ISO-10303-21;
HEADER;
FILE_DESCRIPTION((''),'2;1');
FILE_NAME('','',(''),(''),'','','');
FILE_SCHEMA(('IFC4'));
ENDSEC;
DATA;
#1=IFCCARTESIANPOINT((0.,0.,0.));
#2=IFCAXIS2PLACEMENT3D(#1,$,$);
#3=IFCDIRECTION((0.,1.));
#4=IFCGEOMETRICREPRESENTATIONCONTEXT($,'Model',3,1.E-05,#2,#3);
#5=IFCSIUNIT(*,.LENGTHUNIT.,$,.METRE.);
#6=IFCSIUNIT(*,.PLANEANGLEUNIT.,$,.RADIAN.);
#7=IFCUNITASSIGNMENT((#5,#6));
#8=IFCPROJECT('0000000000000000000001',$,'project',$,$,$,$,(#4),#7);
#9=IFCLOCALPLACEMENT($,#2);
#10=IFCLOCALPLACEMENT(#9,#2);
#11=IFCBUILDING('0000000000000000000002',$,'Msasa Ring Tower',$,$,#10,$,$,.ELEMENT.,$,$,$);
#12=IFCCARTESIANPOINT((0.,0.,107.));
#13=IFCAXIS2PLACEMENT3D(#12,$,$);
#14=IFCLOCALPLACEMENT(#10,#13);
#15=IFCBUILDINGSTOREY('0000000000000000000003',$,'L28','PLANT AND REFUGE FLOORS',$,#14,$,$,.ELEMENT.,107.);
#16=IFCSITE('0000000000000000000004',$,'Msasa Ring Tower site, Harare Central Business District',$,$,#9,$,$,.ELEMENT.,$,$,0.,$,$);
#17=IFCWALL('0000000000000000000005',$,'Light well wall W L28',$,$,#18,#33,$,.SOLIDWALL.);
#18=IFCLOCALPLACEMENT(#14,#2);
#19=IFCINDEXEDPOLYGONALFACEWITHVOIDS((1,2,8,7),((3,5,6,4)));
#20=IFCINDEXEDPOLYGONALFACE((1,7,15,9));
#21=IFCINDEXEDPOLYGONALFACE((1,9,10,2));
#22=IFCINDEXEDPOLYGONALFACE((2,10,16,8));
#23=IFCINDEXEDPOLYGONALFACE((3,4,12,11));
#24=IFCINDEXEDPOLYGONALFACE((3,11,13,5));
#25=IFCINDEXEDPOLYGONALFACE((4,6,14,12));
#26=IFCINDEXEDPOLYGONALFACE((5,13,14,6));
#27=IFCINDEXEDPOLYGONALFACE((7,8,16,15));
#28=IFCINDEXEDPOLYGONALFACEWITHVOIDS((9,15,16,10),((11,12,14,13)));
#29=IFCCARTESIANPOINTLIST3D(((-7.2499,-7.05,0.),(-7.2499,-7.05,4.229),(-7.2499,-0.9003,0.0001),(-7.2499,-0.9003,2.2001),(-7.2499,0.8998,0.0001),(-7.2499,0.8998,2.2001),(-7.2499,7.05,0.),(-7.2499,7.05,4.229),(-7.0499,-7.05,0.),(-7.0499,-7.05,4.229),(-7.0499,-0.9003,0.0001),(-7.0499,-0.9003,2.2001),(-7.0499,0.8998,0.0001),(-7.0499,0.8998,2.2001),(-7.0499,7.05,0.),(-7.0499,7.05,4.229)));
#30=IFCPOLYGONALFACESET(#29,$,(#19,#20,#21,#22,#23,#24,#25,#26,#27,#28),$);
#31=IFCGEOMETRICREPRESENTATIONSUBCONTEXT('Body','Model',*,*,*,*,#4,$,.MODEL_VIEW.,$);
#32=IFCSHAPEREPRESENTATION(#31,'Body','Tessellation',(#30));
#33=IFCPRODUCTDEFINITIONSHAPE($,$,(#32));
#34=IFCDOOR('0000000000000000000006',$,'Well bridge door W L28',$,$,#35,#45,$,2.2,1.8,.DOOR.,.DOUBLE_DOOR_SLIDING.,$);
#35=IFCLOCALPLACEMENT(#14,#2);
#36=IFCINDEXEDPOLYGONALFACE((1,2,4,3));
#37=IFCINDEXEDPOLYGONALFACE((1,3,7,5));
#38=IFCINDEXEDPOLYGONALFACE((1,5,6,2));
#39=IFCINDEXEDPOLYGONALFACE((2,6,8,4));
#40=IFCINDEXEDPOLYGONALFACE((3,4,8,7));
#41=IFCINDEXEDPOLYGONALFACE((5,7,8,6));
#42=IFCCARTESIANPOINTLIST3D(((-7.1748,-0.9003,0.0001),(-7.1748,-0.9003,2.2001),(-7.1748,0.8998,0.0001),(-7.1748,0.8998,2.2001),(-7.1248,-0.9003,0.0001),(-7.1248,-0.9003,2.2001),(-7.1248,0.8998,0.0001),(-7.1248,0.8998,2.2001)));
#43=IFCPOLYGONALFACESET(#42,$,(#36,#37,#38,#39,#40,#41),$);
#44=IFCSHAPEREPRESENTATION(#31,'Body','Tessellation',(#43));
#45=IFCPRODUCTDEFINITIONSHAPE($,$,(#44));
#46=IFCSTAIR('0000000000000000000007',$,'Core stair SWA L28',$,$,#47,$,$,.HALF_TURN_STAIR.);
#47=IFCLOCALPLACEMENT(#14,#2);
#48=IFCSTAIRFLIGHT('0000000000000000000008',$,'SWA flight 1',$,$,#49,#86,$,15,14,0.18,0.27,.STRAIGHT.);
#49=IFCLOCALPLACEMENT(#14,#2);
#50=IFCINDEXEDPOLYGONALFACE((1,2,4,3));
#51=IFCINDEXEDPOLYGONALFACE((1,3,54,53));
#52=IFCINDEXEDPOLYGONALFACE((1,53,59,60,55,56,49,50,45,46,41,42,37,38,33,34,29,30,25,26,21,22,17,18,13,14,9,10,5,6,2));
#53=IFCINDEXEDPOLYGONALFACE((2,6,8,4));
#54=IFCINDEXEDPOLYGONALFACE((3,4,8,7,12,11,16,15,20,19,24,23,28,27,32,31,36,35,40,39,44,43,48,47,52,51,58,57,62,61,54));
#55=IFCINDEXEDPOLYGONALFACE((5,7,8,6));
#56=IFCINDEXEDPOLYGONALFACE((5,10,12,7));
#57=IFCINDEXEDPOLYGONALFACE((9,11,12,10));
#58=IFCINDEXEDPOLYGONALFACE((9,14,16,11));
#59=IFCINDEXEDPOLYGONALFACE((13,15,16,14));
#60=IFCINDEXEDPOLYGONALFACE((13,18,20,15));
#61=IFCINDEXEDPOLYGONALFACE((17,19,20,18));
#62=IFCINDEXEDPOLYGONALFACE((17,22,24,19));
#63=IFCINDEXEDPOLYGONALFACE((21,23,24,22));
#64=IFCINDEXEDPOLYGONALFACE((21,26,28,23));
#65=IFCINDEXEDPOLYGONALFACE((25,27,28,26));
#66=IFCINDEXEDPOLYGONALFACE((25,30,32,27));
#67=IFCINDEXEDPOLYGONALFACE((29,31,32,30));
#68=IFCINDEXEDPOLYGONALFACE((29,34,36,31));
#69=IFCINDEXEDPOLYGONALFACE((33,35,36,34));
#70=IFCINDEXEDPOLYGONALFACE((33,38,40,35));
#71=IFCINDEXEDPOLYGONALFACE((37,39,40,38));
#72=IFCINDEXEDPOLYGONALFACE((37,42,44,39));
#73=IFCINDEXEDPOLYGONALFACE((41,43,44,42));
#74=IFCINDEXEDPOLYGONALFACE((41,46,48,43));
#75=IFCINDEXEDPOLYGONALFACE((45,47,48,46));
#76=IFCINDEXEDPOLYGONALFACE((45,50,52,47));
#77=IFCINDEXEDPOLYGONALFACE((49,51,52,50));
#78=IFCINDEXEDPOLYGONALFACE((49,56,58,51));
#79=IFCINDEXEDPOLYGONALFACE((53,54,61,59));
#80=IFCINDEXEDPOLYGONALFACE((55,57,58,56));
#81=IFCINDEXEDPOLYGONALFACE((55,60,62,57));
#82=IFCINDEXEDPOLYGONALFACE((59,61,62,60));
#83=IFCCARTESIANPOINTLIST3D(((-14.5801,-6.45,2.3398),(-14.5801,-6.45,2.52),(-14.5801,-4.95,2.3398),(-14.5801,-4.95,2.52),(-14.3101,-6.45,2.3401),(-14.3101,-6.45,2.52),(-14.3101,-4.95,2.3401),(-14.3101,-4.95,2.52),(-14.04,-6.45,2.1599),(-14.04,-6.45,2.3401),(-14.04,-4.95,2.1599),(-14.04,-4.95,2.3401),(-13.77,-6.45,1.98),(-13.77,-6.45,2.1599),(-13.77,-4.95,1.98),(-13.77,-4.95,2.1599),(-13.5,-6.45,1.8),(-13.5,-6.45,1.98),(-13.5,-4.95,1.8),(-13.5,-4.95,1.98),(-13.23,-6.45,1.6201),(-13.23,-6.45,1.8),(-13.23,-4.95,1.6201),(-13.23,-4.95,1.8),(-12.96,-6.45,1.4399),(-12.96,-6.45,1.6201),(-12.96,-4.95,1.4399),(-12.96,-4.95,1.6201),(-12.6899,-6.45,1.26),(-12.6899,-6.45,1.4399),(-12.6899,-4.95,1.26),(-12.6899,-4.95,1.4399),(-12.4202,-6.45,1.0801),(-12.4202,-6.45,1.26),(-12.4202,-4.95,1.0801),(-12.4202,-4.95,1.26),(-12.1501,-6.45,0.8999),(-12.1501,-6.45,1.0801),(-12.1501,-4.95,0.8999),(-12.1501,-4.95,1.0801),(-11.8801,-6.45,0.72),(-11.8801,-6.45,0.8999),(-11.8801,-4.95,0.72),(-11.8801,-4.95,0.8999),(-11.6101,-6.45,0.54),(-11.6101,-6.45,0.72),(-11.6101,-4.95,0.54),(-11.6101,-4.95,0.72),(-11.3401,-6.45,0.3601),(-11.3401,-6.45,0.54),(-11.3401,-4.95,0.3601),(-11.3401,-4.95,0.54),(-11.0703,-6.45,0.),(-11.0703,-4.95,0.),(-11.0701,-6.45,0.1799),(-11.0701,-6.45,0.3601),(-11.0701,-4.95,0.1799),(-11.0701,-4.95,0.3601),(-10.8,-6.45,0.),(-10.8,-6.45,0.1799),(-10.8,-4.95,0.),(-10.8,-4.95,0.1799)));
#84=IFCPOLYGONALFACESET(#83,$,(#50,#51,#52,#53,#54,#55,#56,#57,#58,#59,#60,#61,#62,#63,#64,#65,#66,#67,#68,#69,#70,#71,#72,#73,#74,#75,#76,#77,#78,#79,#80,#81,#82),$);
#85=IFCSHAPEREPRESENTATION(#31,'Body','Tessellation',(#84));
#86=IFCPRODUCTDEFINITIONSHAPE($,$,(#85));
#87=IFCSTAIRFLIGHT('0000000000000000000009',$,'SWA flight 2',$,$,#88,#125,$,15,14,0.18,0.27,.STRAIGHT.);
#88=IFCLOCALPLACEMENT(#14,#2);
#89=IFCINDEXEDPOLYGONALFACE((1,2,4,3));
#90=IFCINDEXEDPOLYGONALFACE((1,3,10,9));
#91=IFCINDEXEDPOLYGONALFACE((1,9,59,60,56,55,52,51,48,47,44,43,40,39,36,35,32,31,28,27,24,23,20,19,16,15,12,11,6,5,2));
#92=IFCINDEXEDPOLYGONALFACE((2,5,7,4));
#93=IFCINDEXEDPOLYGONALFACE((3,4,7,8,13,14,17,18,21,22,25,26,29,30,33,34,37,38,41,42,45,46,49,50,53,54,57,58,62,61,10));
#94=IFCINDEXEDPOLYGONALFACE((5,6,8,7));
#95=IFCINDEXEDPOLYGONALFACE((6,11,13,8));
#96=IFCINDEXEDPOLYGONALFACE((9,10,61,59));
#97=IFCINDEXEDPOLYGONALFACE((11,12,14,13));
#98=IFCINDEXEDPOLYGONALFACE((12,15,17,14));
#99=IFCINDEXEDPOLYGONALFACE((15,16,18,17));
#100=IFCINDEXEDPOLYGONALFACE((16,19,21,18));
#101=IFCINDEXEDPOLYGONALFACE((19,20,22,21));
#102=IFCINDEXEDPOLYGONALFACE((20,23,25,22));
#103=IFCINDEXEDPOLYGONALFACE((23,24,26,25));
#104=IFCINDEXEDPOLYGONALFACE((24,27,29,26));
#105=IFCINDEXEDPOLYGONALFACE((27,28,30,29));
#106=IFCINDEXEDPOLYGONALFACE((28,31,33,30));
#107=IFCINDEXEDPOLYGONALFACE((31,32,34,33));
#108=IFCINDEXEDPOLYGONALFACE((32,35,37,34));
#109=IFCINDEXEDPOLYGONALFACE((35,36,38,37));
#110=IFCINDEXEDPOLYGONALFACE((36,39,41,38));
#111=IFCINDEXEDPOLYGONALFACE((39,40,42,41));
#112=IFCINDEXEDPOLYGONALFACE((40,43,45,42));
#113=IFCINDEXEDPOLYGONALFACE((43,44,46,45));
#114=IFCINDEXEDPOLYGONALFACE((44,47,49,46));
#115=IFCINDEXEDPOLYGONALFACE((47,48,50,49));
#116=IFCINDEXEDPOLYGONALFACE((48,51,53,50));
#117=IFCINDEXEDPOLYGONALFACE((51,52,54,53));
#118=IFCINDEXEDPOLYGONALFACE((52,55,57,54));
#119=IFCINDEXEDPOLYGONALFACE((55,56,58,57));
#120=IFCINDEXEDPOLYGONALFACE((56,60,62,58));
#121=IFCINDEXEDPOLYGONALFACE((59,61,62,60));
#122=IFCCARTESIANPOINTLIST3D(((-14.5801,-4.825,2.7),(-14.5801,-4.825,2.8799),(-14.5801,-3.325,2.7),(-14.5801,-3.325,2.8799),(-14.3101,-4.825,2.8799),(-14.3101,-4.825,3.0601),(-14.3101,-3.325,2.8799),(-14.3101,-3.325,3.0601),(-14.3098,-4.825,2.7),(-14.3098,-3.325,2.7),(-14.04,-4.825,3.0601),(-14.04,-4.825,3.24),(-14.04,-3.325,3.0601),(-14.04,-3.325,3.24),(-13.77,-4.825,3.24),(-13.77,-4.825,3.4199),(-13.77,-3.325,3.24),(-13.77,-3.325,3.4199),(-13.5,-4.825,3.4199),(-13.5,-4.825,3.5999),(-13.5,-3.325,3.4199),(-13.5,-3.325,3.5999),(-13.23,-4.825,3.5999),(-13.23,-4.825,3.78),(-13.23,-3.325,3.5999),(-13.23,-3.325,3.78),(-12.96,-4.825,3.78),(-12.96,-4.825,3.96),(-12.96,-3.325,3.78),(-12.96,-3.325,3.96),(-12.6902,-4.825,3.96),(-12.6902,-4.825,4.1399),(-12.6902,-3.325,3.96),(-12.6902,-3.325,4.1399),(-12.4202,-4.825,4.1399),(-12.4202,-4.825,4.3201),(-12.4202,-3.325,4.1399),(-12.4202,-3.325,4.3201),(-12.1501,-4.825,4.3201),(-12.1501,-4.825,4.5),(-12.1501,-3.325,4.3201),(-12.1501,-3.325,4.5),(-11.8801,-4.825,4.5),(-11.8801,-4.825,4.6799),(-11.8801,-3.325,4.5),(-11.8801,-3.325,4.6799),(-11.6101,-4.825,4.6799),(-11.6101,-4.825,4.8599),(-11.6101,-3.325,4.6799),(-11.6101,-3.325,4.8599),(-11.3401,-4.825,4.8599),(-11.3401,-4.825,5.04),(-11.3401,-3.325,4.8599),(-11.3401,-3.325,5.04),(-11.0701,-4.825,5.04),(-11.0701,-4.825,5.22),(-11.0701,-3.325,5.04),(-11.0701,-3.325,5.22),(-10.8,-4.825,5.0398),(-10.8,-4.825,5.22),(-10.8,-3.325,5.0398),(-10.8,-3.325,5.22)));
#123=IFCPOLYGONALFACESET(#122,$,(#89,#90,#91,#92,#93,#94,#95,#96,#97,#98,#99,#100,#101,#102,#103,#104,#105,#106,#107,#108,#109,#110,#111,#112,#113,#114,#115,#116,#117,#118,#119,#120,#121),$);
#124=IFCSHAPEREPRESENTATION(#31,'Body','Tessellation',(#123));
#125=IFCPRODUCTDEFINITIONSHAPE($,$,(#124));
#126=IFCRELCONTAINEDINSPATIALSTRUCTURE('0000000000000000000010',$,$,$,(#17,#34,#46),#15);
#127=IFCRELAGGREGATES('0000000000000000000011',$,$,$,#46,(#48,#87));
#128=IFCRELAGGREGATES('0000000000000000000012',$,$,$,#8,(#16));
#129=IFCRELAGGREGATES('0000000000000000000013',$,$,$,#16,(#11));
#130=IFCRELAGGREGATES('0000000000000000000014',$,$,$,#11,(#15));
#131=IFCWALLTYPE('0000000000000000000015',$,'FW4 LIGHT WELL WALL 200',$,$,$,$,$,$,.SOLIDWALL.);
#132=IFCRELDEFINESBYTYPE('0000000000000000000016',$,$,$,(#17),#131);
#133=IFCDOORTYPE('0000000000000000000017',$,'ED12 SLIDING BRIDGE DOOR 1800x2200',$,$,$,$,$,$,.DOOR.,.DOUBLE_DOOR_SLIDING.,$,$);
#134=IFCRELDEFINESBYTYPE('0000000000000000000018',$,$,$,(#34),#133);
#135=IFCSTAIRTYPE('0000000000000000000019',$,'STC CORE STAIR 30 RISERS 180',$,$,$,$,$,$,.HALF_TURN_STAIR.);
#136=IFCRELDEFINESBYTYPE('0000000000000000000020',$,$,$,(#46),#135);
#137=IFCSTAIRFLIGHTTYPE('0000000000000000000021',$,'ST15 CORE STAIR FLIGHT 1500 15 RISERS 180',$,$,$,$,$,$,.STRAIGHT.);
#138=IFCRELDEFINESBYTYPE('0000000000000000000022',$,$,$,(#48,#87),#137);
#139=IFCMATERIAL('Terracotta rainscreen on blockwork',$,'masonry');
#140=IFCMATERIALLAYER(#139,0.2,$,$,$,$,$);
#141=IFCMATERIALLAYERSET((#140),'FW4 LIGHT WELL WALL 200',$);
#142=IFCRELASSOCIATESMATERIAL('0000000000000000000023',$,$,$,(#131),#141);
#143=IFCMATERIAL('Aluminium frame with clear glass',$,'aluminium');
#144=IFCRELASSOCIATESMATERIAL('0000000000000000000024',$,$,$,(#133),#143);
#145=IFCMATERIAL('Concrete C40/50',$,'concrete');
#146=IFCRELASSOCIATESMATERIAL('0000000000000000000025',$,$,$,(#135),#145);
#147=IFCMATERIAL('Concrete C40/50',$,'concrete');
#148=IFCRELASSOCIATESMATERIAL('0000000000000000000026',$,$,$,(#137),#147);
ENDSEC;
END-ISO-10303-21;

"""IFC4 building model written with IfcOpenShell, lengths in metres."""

from ifc_helpers import new_model, si_unit, direction, frame, frame_2d, origin, place, context, subcontext, project, spatial, polyline, rectangle, outline, extrude, material, layer, layer_set, type_object, element, fill, aggregate, save


model = new_model("IFC4")

# Units and contexts
model_context = context("Model", 3, precision=1e-05, world=origin(), true_north=direction((0.0, 1.0)))
body_context = subcontext(model_context, "Body", "Model", "MODEL_VIEW")
ifc_project = project(units=[si_unit("LENGTHUNIT", "METRE"), si_unit("PLANEANGLEUNIT", "RADIAN")], contexts=[model_context])

# Site, building, storey
site_placement = place(None, origin())
site = spatial("IfcSite", under=ifc_project, at=site_placement, Name="Msasa Ring Tower site, Harare Central Business District", CompositionType="ELEMENT", RefElevation=0.0)
building_placement = place(site_placement, origin())
building = spatial("IfcBuilding", under=site, at=building_placement, Name="Msasa Ring Tower", CompositionType="ELEMENT")
storey_placement = place(building_placement, frame((0.0, 0.0, 107.0)))
storey = spatial("IfcBuildingStorey", under=building, at=storey_placement, Name="L28", Description="PLANT AND REFUGE FLOORS", CompositionType="ELEMENT", Elevation=107.0)

# Shared definitions
ifc_material_1 = material(Name="Terracotta rainscreen on blockwork", Category="masonry")
ifc_layer_1 = layer(ifc_material_1, 0.2)
ifc_layer_set_1 = layer_set([ifc_layer_1], Name="FW4 LIGHT WELL WALL 200")
wall_type_1 = type_object("IfcWallType", Name="FW4 LIGHT WELL WALL 200", PredefinedType="SOLIDWALL", material=ifc_layer_set_1)

# Wall, opening, door
wall_1_placement = place(storey_placement, frame((-7.1499, -7.05, 0.0), z_axis=(0.0, 0.0, 1.0), x_axis=(0.0, 1.0, 0.0)))
wall_1 = element("IfcWall", 1, at=wall_1_placement, inside=storey, type_object=wall_type_1, Name="Light well wall W L28", PredefinedType="SOLIDWALL", context=body_context, shape_type="SweptSolid", body=[
    extrude(rectangle(XDim=14.1001, YDim=0.2, at=frame_2d((7.05, 0.0))), origin(), (0.0, 0.0, 1.0), 4.229),
])
opening_1_placement = place(wall_1_placement, frame((6.1499, 0.0, 0.0)))
opening_1 = element("IfcOpeningElement", 2, at=opening_1_placement, cuts=wall_1, PredefinedType="OPENING", context=body_context, shape_type="SweptSolid", body=[
    extrude(rectangle(XDim=1.8, YDim=2.2, at=frame_2d((0.8999, 1.1001))), frame((0.0, 0.1099, 0.0), z_axis=(0.0, -1.0, 0.0), x_axis=(1.0, 0.0, 0.0)), (0.0, 0.0, 1.0), 0.22),
])
ifc_material_2 = material(Name="Aluminium frame with clear glass", Category="aluminium")
door_type_1 = type_object("IfcDoorType", Name="ED12 SLIDING BRIDGE DOOR 1800x2200", OperationType="DOUBLE_DOOR_SLIDING", PredefinedType="DOOR", material=ifc_material_2)
door_1_placement = place(opening_1_placement, origin())
door_1 = element("IfcDoor", 3, at=door_1_placement, inside=storey, type_object=door_type_1, Name="Well bridge door W L28", OperationType="DOUBLE_DOOR_SLIDING", OverallHeight=2.2, OverallWidth=1.8, PredefinedType="DOOR", context=body_context, shape_type="SweptSolid", body=[
    extrude(rectangle(XDim=1.8, YDim=2.2, at=frame_2d((0.8999, 1.1001))), frame((0.0, 0.0249, 0.0), z_axis=(0.0, -1.0, 0.0), x_axis=(1.0, 0.0, 0.0)), (0.0, 0.0, 1.0), 0.05),
])
fill(opening_1, door_1)

# Stair, stair flights
ifc_material_3 = material(Name="Concrete C40/50", Category="concrete")
stair_type = type_object("IfcStairType", Name="STC CORE STAIR 30 RISERS 180", PredefinedType="HALF_TURN_STAIR", material=ifc_material_3)
stair_placement = place(storey_placement, origin())
stair = element("IfcStair", 4, at=stair_placement, inside=storey, type_object=stair_type, Name="Core stair SWA L28", PredefinedType="HALF_TURN_STAIR")
ifc_material_4 = material(Name="Concrete C40/50", Category="concrete")
stair_flight_type = type_object("IfcStairFlightType", Name="ST15 CORE STAIR FLIGHT 1500 15 RISERS 180", PredefinedType="STRAIGHT", material=ifc_material_4)
stair_flight_1_placement = place(storey_placement, frame((-10.8, -5.7, 0.0), z_axis=(0.0, 0.0, 1.0), x_axis=(-1.0, 0.0, 0.0)))
stair_flight_1 = element("IfcStairFlight", 5, at=stair_flight_1_placement, type_object=stair_flight_type, Name="SWA flight 1", NumberOfRisers=15, NumberOfTreads=14, PredefinedType="STRAIGHT", RiserHeight=0.18, TreadLength=0.27, context=body_context, shape_type="SweptSolid", body=[
    extrude(outline(polyline([(0.0, 0.0), (0.0, 0.1799), (0.27, 0.1799), (0.27, 0.3601), (0.54, 0.3601), (0.54, 0.54), (0.8101, 0.54), (0.8101, 0.72), (1.0801, 0.72), (1.0801, 0.8999), (1.3501, 0.8999), (1.3501, 1.0801), (1.6201, 1.0801), (1.6201, 1.26), (1.8899, 1.26), (1.8899, 1.4399), (2.1599, 1.4399), (2.1599, 1.6201), (2.4299, 1.6201), (2.4299, 1.8), (2.7, 1.8), (2.7, 1.98), (2.97, 1.98), (2.97, 2.1599), (3.24, 2.1599), (3.24, 2.3401), (3.51, 2.3401), (3.51, 2.52), (3.78, 2.52), (3.78, 2.7), (3.78, 2.3398), (0.2703, 0.0), (0.0, 0.0)])), frame((0.0, 0.75, 0.0), z_axis=(0.0, -1.0, 0.0), x_axis=(1.0, 0.0, 0.0)), (0.0, 0.0, 1.0), 1.5),
])
stair_flight_2_placement = place(storey_placement, frame((-14.5801, -4.075, 2.7), z_axis=(0.0, 0.0, 1.0), x_axis=(1.0, 0.0, 0.0)))
stair_flight_2 = element("IfcStairFlight", 6, at=stair_flight_2_placement, type_object=stair_flight_type, Name="SWA flight 2", NumberOfRisers=15, NumberOfTreads=14, PredefinedType="STRAIGHT", RiserHeight=0.18, TreadLength=0.27, context=body_context, shape_type="SweptSolid", body=[
    extrude(outline(polyline([(0.0, 0.0), (0.0, 0.1799), (0.27, 0.1799), (0.27, 0.3601), (0.54, 0.3601), (0.54, 0.54), (0.8101, 0.54), (0.8101, 0.72), (1.0801, 0.72), (1.0801, 0.8999), (1.3501, 0.8999), (1.3501, 1.0801), (1.6201, 1.0801), (1.6201, 1.26), (1.8899, 1.26), (1.8899, 1.4399), (2.1599, 1.4399), (2.1599, 1.6201), (2.4299, 1.6201), (2.4299, 1.8), (2.7, 1.8), (2.7, 1.98), (2.97, 1.98), (2.97, 2.1599), (3.24, 2.1599), (3.24, 2.3401), (3.51, 2.3401), (3.51, 2.52), (3.78, 2.52), (3.78, 2.7), (3.78, 2.3398), (0.2703, 0.0), (0.0, 0.0)])), frame((0.0, 0.75, 0.0), z_axis=(0.0, -1.0, 0.0), x_axis=(1.0, 0.0, 0.0)), (0.0, 0.0, 1.0), 1.5),
])
aggregate(stair, [stair_flight_1, stair_flight_2])

save(model, "model.ifc")
